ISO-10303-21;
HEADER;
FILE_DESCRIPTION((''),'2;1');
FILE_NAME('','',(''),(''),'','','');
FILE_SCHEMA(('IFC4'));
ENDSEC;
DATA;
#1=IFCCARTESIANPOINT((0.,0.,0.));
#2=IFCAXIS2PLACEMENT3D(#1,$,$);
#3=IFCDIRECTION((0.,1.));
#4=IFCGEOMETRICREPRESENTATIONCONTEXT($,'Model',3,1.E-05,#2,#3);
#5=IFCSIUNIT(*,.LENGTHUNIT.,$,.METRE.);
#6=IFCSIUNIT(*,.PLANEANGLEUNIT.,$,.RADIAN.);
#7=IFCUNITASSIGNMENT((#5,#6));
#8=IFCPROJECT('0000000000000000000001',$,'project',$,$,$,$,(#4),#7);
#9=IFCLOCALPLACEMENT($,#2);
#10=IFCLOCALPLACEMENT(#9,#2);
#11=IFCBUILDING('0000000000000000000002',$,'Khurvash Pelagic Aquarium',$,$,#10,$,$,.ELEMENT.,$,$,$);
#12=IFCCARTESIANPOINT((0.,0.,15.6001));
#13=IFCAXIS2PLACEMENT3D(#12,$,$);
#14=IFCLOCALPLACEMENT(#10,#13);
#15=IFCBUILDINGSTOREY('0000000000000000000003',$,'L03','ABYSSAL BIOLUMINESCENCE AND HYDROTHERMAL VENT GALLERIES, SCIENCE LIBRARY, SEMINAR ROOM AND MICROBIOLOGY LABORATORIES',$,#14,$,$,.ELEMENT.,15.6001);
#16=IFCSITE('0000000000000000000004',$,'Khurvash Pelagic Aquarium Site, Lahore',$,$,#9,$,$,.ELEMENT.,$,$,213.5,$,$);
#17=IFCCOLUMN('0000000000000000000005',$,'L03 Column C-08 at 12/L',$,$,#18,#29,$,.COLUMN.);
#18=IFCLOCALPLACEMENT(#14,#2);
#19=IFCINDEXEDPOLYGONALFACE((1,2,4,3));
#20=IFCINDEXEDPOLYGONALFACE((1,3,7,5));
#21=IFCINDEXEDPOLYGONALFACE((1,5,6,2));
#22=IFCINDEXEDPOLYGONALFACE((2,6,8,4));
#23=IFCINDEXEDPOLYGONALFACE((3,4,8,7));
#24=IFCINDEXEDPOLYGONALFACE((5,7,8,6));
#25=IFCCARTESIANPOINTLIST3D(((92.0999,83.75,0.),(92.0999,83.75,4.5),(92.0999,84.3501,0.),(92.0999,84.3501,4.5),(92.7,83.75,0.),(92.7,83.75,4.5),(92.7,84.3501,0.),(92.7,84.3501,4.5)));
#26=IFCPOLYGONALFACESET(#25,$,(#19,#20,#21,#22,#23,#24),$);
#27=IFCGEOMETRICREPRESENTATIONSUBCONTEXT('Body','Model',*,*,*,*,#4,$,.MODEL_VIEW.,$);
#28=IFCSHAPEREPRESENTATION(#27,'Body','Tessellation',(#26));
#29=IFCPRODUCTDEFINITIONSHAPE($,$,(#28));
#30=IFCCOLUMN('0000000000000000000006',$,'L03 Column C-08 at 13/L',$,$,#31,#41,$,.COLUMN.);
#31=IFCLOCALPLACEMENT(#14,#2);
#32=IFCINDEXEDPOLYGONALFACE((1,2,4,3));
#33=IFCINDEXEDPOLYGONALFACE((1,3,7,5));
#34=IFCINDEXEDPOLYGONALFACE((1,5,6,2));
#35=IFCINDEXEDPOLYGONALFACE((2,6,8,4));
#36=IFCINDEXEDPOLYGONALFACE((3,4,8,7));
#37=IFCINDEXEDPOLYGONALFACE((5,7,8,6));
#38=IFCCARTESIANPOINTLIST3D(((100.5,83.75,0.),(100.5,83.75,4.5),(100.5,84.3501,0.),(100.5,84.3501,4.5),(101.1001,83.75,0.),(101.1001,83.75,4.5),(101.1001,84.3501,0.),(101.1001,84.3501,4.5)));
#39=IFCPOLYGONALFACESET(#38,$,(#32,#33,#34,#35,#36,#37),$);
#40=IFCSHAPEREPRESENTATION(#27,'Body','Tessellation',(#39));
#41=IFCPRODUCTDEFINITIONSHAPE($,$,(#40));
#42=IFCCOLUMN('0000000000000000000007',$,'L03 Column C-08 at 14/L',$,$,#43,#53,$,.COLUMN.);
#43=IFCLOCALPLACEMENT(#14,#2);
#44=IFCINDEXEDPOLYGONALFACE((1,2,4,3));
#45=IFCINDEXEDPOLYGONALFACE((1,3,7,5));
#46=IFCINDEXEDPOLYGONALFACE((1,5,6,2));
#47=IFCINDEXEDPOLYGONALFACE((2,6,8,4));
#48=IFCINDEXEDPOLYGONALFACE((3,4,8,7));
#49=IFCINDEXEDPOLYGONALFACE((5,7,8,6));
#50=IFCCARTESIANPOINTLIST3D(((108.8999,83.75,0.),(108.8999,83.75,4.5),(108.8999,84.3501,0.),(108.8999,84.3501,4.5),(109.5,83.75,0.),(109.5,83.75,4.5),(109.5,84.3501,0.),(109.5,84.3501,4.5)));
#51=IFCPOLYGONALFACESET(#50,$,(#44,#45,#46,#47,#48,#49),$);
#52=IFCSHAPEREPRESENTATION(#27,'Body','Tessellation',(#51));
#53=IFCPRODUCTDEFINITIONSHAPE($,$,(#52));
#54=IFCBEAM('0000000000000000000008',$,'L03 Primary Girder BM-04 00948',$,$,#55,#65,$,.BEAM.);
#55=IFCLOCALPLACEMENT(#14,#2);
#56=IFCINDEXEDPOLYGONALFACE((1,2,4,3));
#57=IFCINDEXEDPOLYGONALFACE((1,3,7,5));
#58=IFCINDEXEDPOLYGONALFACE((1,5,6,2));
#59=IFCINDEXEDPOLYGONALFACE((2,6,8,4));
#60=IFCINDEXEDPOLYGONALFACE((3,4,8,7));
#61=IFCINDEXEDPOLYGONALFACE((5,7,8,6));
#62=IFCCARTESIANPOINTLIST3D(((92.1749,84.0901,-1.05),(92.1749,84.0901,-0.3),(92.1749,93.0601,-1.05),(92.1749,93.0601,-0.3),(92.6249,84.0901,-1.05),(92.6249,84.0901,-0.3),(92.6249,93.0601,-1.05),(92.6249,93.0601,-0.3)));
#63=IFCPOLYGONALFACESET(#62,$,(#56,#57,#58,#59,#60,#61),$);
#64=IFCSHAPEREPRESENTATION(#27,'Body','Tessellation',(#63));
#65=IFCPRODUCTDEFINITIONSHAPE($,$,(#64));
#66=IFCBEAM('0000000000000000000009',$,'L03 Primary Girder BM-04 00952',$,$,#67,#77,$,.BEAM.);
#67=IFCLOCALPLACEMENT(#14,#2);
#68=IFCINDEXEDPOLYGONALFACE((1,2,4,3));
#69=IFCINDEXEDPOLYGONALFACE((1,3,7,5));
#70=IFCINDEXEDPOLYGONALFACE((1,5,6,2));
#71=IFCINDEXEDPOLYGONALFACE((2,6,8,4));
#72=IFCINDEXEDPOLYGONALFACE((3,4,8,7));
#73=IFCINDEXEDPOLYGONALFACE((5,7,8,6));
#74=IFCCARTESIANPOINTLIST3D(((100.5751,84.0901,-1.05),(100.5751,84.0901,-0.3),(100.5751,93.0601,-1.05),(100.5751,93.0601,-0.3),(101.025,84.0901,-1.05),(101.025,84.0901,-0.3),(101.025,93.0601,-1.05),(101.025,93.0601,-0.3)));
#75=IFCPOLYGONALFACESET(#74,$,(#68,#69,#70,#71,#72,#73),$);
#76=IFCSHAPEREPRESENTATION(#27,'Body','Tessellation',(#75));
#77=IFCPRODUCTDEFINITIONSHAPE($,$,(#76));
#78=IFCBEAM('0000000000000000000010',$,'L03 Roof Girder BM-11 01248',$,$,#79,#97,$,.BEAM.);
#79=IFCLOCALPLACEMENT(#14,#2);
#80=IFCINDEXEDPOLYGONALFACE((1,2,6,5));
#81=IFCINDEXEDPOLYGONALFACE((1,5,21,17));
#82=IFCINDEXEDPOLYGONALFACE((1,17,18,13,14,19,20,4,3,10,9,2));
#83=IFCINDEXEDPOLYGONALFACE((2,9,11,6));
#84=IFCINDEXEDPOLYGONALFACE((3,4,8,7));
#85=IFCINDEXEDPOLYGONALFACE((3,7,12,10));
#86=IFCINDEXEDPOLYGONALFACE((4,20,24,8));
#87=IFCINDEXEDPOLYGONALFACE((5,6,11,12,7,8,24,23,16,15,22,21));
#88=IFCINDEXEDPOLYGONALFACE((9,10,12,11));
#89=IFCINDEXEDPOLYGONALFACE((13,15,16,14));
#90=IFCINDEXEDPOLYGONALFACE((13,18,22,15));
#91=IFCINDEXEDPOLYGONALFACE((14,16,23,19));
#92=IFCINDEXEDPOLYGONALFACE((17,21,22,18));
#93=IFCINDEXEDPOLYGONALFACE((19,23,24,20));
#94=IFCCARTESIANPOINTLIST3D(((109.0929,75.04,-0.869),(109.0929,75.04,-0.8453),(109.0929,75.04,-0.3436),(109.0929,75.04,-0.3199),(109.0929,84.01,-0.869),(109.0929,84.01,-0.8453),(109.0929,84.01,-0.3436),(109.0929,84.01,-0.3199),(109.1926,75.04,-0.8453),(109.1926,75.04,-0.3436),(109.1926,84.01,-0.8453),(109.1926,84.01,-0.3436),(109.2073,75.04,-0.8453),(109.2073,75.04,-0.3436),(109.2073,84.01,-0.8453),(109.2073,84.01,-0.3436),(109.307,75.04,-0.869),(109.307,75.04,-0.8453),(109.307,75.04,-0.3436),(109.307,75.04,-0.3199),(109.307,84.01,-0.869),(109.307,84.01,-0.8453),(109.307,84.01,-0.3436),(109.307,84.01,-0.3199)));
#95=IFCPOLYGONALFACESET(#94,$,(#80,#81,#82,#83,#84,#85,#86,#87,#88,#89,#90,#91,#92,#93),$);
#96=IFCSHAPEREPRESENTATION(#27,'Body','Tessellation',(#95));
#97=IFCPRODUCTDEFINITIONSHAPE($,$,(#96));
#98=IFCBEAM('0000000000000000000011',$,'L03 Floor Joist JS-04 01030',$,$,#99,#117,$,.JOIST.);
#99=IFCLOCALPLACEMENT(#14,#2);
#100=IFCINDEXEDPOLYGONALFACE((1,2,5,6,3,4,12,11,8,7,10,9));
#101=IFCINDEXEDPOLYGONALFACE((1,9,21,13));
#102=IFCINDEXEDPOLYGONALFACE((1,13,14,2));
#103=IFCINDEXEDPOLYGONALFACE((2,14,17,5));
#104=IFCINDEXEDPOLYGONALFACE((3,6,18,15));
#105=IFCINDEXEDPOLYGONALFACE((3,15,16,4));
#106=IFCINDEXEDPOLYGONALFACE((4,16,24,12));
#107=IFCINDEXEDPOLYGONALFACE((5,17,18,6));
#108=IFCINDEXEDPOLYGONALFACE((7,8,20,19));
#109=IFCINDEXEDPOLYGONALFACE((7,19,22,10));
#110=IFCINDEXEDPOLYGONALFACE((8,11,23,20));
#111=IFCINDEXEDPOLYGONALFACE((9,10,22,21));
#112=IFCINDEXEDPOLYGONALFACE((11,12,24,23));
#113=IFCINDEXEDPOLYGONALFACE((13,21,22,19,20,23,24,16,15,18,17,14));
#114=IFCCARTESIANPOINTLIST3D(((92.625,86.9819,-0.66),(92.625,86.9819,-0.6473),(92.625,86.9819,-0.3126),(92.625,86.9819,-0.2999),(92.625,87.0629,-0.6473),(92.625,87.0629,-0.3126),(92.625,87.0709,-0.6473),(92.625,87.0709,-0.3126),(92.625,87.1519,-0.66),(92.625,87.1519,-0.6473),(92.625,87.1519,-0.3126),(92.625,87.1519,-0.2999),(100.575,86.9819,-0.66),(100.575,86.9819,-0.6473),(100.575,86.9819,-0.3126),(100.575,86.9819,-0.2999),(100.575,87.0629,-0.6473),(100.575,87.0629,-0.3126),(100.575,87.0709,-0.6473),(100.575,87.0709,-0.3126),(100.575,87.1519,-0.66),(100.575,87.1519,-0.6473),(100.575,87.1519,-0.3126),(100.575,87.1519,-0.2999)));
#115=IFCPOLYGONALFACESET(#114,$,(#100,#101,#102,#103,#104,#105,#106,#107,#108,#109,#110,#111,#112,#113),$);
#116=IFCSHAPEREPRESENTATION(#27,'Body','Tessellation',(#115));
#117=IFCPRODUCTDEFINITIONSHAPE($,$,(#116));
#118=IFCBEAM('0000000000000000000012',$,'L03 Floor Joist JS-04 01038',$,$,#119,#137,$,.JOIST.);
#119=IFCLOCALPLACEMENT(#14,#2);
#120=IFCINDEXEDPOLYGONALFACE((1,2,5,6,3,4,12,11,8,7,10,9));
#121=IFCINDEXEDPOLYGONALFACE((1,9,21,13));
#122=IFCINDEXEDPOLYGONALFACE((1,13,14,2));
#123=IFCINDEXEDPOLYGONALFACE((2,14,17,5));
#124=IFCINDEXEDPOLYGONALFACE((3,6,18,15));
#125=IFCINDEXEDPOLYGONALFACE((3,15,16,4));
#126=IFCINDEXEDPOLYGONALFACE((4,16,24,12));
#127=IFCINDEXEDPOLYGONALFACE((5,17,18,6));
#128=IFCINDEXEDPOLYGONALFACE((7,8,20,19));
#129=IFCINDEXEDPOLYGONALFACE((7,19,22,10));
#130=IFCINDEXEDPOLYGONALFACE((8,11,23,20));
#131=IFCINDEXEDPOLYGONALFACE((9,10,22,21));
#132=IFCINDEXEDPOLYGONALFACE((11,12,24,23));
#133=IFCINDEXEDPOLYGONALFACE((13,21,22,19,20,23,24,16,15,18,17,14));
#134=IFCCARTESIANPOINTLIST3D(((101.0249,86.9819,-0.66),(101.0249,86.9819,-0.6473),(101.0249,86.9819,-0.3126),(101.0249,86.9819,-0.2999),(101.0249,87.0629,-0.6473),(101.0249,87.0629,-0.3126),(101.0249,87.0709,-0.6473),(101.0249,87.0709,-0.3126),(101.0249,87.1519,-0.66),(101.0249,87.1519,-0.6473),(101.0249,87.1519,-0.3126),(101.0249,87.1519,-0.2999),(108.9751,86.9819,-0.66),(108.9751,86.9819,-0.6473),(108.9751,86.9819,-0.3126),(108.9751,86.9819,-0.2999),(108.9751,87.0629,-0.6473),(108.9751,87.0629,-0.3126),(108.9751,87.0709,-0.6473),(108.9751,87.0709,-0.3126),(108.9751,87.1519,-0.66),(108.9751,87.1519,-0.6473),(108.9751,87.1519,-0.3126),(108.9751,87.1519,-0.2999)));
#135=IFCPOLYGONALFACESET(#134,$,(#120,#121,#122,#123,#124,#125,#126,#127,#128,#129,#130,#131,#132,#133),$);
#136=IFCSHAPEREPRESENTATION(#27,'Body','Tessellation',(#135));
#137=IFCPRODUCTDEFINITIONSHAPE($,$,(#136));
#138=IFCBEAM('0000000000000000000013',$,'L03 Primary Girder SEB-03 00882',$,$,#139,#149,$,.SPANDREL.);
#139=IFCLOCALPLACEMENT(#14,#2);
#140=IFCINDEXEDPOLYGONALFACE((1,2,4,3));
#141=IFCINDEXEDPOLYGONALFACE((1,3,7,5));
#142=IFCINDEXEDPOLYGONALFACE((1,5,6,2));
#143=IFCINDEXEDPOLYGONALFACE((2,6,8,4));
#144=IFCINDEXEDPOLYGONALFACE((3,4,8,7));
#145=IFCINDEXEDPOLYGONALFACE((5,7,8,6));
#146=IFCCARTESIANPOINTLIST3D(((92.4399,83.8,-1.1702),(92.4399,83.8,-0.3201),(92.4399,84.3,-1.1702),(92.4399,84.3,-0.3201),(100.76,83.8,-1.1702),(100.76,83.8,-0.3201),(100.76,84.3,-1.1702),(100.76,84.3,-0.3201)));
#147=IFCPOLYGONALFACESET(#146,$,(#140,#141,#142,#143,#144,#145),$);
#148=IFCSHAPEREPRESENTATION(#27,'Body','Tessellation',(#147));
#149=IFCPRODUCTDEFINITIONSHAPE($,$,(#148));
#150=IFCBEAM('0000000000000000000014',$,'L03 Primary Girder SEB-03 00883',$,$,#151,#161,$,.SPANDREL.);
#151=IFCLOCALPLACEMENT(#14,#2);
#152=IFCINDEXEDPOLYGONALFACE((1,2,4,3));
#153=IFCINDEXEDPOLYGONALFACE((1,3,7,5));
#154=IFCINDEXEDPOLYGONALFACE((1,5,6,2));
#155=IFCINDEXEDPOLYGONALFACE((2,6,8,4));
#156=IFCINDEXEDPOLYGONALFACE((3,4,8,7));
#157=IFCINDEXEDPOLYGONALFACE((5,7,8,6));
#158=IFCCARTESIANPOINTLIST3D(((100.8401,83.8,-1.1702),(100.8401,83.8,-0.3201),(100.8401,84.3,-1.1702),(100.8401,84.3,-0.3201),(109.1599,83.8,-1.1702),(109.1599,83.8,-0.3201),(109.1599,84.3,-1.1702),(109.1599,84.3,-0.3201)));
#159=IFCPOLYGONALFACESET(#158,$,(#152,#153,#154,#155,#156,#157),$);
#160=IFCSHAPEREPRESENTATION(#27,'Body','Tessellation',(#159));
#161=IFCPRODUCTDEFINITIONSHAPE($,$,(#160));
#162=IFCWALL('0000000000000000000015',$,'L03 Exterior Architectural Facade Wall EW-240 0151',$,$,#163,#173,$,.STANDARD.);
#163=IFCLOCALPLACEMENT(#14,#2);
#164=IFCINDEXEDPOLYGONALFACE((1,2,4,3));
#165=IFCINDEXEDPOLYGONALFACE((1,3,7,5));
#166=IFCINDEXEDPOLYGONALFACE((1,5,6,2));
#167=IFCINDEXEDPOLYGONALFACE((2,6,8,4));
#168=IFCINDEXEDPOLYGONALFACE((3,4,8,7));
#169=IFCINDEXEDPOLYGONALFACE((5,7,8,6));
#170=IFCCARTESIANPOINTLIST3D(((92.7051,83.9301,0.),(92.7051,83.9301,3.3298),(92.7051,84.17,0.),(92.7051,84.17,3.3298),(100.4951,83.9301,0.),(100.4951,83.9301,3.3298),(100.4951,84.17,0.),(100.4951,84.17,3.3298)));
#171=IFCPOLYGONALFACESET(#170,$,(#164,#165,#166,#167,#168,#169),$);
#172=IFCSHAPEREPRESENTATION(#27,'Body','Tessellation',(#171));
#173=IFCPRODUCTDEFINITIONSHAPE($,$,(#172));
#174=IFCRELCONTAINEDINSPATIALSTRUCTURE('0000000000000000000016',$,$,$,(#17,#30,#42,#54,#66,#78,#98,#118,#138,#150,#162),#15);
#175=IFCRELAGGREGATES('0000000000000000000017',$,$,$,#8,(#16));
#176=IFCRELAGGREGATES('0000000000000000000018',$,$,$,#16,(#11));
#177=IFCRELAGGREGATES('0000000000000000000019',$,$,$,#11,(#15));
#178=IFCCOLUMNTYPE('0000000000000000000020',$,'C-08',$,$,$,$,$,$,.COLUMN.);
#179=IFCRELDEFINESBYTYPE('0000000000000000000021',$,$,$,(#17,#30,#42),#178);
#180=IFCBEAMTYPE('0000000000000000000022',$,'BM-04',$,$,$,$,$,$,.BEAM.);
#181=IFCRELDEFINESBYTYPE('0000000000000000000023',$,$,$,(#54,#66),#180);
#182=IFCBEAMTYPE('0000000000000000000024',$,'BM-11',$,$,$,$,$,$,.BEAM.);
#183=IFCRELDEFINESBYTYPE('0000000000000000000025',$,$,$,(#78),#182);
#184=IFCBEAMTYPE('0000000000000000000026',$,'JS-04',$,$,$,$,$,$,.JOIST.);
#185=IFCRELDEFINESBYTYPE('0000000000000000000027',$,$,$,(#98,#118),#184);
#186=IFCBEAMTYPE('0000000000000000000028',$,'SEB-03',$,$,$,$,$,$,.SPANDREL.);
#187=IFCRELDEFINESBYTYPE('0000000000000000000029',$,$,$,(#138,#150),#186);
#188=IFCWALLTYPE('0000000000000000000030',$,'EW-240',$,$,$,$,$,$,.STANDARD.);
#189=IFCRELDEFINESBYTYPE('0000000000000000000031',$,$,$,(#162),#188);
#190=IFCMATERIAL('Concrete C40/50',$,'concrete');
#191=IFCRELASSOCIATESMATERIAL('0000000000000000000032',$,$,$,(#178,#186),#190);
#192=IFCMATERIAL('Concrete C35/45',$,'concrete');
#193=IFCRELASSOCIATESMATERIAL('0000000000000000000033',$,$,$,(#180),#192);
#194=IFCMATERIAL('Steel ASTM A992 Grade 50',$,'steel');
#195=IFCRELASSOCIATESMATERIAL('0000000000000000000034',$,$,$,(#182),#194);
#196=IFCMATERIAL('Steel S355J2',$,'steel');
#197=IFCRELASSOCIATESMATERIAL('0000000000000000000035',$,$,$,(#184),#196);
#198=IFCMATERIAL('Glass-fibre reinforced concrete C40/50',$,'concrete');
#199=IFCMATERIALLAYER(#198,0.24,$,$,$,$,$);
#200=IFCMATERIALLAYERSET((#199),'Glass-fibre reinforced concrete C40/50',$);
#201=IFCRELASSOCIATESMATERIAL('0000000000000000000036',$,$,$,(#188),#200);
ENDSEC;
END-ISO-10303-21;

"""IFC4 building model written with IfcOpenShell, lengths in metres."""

from ifc_helpers import new_model, si_unit, direction, frame, frame_2d, origin, origin_2d, place, context, subcontext, project, spatial, rectangle, i_section, extrude, material, layer, layer_set, material_profile, profile_set, type_object, element, save


model = new_model("IFC4")

# Units and contexts
model_context = context("Model", 3, precision=1e-05, world=origin(), true_north=direction((0.0, 1.0)))
body_context = subcontext(model_context, "Body", "Model", "MODEL_VIEW")
ifc_project = project(units=[si_unit("LENGTHUNIT", "METRE"), si_unit("PLANEANGLEUNIT", "RADIAN")], contexts=[model_context])

# Site, building, storey
site_placement = place(None, origin())
site = spatial("IfcSite", under=ifc_project, at=site_placement, Name="Khurvash Pelagic Aquarium Site, Lahore", CompositionType="ELEMENT", RefElevation=213.5)
building_placement = place(site_placement, origin())
building = spatial("IfcBuilding", under=site, at=building_placement, Name="Khurvash Pelagic Aquarium", CompositionType="ELEMENT")
storey_placement = place(building_placement, frame((0.0, 0.0, 15.6001)))
storey = spatial("IfcBuildingStorey", under=building, at=storey_placement, Name="L03", Description="ABYSSAL BIOLUMINESCENCE AND HYDROTHERMAL VENT GALLERIES, SCIENCE LIBRARY, SEMINAR ROOM AND MICROBIOLOGY LABORATORIES", CompositionType="ELEMENT", Elevation=15.6001)

# Columns
ifc_material_1 = material(Name="Concrete C40/50", Category="concrete")
ifc_material_profile_1 = material_profile(ifc_material_1, rectangle(XDim=0.6001, YDim=0.6001, at=origin_2d()), Name="RC600X600")
ifc_profile_set_1 = profile_set([ifc_material_profile_1], Name="Concrete C40/50")
column_type = type_object("IfcColumnType", Name="C-08", PredefinedType="COLUMN", material=ifc_profile_set_1)
for number, where, z_axis, x_axis, name in (
    (1, (92.3999, 84.05, 0.0), (0.0, 0.0, 1.0), (1.0, 0.0, 0.0), "L03 Column C-08 at 12/L"),
    (2, (100.8, 84.05, 0.0), (0.0, 0.0, 1.0), (1.0, 0.0, 0.0), "L03 Column C-08 at 13/L"),
    (3, (109.2, 84.05, 0.0), (0.0, 0.0, 1.0), (1.0, 0.0, 0.0), "L03 Column C-08 at 14/L"),
):
    element("IfcColumn", number, at=place(storey_placement, frame(where, z_axis=z_axis, x_axis=x_axis)), inside=storey, type_object=column_type, Name=name, PredefinedType="COLUMN", context=body_context, shape_type="SweptSolid", body=[
        extrude(rectangle(XDim=0.6001, YDim=0.6001, at=origin_2d()), origin(), (0.0, 0.0, 1.0), 4.5),
    ])

# Beams
ifc_material_2 = material(Name="Concrete C35/45", Category="concrete")
ifc_material_profile_2 = material_profile(ifc_material_2, rectangle(XDim=0.45, YDim=0.75, at=origin_2d()), Name="RC450X750")
ifc_profile_set_2 = profile_set([ifc_material_profile_2], Name="Concrete C35/45")
beam_type_1 = type_object("IfcBeamType", Name="BM-04", PredefinedType="BEAM", material=ifc_profile_set_2)
for number, where, z_axis, x_axis, name in (
    (4, (92.3999, 84.0901, -0.675), (0.0, 1.0, 0.0), (-1.0, 0.0, 0.0), "L03 Primary Girder BM-04 00948"),
    (5, (100.8, 84.0901, -0.675), (0.0, 1.0, 0.0), (-1.0, 0.0, 0.0), "L03 Primary Girder BM-04 00952"),
):
    element("IfcBeam", number, at=place(storey_placement, frame(where, z_axis=z_axis, x_axis=x_axis)), inside=storey, type_object=beam_type_1, Name=name, PredefinedType="BEAM", context=body_context, shape_type="SweptSolid", body=[
        extrude(rectangle(XDim=0.45, YDim=0.75, at=origin_2d()), origin(), (0.0, 0.0, 1.0), 8.97),
    ])
ifc_material_3 = material(Name="Steel ASTM A992 Grade 50", Category="steel")
ifc_material_profile_3 = material_profile(ifc_material_3, i_section(OverallWidth=0.2141, OverallDepth=0.5491, WebThickness=0.0146, FlangeThickness=0.0237, at=origin_2d()), Name="W21X93")
ifc_profile_set_3 = profile_set([ifc_material_profile_3], Name="Steel ASTM A992 Grade 50")
beam_type_2 = type_object("IfcBeamType", Name="BM-11", PredefinedType="BEAM", material=ifc_profile_set_3)
beam_1_placement = place(storey_placement, frame((109.2, 75.04, -0.5945), z_axis=(0.0, 1.0, 0.0), x_axis=(-1.0, 0.0, 0.0)))
element("IfcBeam", 6, at=beam_1_placement, inside=storey, type_object=beam_type_2, Name="L03 Roof Girder BM-11 01248", PredefinedType="BEAM", context=body_context, shape_type="SweptSolid", body=[
    extrude(i_section(OverallWidth=0.2141, OverallDepth=0.5491, WebThickness=0.0146, FlangeThickness=0.0237, at=origin_2d()), origin(), (0.0, 0.0, 1.0), 8.97),
])
ifc_material_4 = material(Name="Steel S355J2", Category="steel")
ifc_material_profile_4 = material_profile(ifc_material_4, i_section(OverallWidth=0.1699, OverallDepth=0.3601, WebThickness=0.0081, FlangeThickness=0.0127, at=origin_2d()), Name="IPE360")
ifc_profile_set_4 = profile_set([ifc_material_profile_4], Name="Steel S355J2")
beam_type_3 = type_object("IfcBeamType", Name="JS-04", PredefinedType="JOIST", material=ifc_profile_set_4)
beam_2_placement = place(storey_placement, frame((92.625, 87.0669, -0.48), z_axis=(1.0, 0.0, 0.0), x_axis=(0.0, 1.0, 0.0)))
element("IfcBeam", 7, at=beam_2_placement, inside=storey, type_object=beam_type_3, Name="L03 Floor Joist JS-04 01030", PredefinedType="JOIST", context=body_context, shape_type="SweptSolid", body=[
    extrude(i_section(OverallWidth=0.1699, OverallDepth=0.3601, WebThickness=0.0081, FlangeThickness=0.0127, at=origin_2d()), origin(), (0.0, 0.0, 1.0), 7.95),
])
beam_3_placement = place(storey_placement, frame((101.0249, 87.0669, -0.48), z_axis=(1.0, 0.0, 0.0), x_axis=(0.0, 1.0, 0.0)))
element("IfcBeam", 8, at=beam_3_placement, inside=storey, type_object=beam_type_3, Name="L03 Floor Joist JS-04 01038", PredefinedType="JOIST", context=body_context, shape_type="SweptSolid", body=[
    extrude(i_section(OverallWidth=0.1699, OverallDepth=0.3601, WebThickness=0.0081, FlangeThickness=0.0127, at=origin_2d()), origin(), (0.0, 0.0, 1.0), 7.9502),
])
ifc_material_profile_5 = material_profile(ifc_material_1, rectangle(XDim=0.5, YDim=0.8501, at=origin_2d()), Name="RC500X850")
ifc_profile_set_5 = profile_set([ifc_material_profile_5], Name="Concrete C40/50")
beam_type_4 = type_object("IfcBeamType", Name="SEB-03", PredefinedType="SPANDREL", material=ifc_profile_set_5)
beam_4_placement = place(storey_placement, frame((92.4399, 84.05, -0.7451), z_axis=(1.0, 0.0, 0.0), x_axis=(0.0, 1.0, 0.0)))
element("IfcBeam", 9, at=beam_4_placement, inside=storey, type_object=beam_type_4, Name="L03 Primary Girder SEB-03 00882", PredefinedType="SPANDREL", context=body_context, shape_type="SweptSolid", body=[
    extrude(rectangle(XDim=0.5, YDim=0.8501, at=origin_2d()), origin(), (0.0, 0.0, 1.0), 8.3201),
])
beam_5_placement = place(storey_placement, frame((100.8401, 84.05, -0.7451), z_axis=(1.0, 0.0, 0.0), x_axis=(0.0, 1.0, 0.0)))
element("IfcBeam", 10, at=beam_5_placement, inside=storey, type_object=beam_type_4, Name="L03 Primary Girder SEB-03 00883", PredefinedType="SPANDREL", context=body_context, shape_type="SweptSolid", body=[
    extrude(rectangle(XDim=0.5, YDim=0.8501, at=origin_2d()), origin(), (0.0, 0.0, 1.0), 8.3198),
])

# Wall
ifc_material_5 = material(Name="Glass-fibre reinforced concrete C40/50", Category="concrete")
ifc_layer_1 = layer(ifc_material_5, 0.24)
ifc_layer_set_1 = layer_set([ifc_layer_1], Name="Glass-fibre reinforced concrete C40/50")
wall_type_1 = type_object("IfcWallType", Name="EW-240", PredefinedType="STANDARD", material=ifc_layer_set_1)
wall_1_placement = place(storey_placement, frame((92.7051, 84.05, 0.0), z_axis=(0.0, 0.0, 1.0), x_axis=(1.0, 0.0, 0.0)))
element("IfcWall", 11, at=wall_1_placement, inside=storey, type_object=wall_type_1, Name="L03 Exterior Architectural Facade Wall EW-240 0151", PredefinedType="STANDARD", context=body_context, shape_type="SweptSolid", body=[
    extrude(rectangle(XDim=7.79, YDim=0.24, at=frame_2d((3.895, 0.0))), origin(), (0.0, 0.0, 1.0), 3.3298),
])

save(model, "model.ifc")
